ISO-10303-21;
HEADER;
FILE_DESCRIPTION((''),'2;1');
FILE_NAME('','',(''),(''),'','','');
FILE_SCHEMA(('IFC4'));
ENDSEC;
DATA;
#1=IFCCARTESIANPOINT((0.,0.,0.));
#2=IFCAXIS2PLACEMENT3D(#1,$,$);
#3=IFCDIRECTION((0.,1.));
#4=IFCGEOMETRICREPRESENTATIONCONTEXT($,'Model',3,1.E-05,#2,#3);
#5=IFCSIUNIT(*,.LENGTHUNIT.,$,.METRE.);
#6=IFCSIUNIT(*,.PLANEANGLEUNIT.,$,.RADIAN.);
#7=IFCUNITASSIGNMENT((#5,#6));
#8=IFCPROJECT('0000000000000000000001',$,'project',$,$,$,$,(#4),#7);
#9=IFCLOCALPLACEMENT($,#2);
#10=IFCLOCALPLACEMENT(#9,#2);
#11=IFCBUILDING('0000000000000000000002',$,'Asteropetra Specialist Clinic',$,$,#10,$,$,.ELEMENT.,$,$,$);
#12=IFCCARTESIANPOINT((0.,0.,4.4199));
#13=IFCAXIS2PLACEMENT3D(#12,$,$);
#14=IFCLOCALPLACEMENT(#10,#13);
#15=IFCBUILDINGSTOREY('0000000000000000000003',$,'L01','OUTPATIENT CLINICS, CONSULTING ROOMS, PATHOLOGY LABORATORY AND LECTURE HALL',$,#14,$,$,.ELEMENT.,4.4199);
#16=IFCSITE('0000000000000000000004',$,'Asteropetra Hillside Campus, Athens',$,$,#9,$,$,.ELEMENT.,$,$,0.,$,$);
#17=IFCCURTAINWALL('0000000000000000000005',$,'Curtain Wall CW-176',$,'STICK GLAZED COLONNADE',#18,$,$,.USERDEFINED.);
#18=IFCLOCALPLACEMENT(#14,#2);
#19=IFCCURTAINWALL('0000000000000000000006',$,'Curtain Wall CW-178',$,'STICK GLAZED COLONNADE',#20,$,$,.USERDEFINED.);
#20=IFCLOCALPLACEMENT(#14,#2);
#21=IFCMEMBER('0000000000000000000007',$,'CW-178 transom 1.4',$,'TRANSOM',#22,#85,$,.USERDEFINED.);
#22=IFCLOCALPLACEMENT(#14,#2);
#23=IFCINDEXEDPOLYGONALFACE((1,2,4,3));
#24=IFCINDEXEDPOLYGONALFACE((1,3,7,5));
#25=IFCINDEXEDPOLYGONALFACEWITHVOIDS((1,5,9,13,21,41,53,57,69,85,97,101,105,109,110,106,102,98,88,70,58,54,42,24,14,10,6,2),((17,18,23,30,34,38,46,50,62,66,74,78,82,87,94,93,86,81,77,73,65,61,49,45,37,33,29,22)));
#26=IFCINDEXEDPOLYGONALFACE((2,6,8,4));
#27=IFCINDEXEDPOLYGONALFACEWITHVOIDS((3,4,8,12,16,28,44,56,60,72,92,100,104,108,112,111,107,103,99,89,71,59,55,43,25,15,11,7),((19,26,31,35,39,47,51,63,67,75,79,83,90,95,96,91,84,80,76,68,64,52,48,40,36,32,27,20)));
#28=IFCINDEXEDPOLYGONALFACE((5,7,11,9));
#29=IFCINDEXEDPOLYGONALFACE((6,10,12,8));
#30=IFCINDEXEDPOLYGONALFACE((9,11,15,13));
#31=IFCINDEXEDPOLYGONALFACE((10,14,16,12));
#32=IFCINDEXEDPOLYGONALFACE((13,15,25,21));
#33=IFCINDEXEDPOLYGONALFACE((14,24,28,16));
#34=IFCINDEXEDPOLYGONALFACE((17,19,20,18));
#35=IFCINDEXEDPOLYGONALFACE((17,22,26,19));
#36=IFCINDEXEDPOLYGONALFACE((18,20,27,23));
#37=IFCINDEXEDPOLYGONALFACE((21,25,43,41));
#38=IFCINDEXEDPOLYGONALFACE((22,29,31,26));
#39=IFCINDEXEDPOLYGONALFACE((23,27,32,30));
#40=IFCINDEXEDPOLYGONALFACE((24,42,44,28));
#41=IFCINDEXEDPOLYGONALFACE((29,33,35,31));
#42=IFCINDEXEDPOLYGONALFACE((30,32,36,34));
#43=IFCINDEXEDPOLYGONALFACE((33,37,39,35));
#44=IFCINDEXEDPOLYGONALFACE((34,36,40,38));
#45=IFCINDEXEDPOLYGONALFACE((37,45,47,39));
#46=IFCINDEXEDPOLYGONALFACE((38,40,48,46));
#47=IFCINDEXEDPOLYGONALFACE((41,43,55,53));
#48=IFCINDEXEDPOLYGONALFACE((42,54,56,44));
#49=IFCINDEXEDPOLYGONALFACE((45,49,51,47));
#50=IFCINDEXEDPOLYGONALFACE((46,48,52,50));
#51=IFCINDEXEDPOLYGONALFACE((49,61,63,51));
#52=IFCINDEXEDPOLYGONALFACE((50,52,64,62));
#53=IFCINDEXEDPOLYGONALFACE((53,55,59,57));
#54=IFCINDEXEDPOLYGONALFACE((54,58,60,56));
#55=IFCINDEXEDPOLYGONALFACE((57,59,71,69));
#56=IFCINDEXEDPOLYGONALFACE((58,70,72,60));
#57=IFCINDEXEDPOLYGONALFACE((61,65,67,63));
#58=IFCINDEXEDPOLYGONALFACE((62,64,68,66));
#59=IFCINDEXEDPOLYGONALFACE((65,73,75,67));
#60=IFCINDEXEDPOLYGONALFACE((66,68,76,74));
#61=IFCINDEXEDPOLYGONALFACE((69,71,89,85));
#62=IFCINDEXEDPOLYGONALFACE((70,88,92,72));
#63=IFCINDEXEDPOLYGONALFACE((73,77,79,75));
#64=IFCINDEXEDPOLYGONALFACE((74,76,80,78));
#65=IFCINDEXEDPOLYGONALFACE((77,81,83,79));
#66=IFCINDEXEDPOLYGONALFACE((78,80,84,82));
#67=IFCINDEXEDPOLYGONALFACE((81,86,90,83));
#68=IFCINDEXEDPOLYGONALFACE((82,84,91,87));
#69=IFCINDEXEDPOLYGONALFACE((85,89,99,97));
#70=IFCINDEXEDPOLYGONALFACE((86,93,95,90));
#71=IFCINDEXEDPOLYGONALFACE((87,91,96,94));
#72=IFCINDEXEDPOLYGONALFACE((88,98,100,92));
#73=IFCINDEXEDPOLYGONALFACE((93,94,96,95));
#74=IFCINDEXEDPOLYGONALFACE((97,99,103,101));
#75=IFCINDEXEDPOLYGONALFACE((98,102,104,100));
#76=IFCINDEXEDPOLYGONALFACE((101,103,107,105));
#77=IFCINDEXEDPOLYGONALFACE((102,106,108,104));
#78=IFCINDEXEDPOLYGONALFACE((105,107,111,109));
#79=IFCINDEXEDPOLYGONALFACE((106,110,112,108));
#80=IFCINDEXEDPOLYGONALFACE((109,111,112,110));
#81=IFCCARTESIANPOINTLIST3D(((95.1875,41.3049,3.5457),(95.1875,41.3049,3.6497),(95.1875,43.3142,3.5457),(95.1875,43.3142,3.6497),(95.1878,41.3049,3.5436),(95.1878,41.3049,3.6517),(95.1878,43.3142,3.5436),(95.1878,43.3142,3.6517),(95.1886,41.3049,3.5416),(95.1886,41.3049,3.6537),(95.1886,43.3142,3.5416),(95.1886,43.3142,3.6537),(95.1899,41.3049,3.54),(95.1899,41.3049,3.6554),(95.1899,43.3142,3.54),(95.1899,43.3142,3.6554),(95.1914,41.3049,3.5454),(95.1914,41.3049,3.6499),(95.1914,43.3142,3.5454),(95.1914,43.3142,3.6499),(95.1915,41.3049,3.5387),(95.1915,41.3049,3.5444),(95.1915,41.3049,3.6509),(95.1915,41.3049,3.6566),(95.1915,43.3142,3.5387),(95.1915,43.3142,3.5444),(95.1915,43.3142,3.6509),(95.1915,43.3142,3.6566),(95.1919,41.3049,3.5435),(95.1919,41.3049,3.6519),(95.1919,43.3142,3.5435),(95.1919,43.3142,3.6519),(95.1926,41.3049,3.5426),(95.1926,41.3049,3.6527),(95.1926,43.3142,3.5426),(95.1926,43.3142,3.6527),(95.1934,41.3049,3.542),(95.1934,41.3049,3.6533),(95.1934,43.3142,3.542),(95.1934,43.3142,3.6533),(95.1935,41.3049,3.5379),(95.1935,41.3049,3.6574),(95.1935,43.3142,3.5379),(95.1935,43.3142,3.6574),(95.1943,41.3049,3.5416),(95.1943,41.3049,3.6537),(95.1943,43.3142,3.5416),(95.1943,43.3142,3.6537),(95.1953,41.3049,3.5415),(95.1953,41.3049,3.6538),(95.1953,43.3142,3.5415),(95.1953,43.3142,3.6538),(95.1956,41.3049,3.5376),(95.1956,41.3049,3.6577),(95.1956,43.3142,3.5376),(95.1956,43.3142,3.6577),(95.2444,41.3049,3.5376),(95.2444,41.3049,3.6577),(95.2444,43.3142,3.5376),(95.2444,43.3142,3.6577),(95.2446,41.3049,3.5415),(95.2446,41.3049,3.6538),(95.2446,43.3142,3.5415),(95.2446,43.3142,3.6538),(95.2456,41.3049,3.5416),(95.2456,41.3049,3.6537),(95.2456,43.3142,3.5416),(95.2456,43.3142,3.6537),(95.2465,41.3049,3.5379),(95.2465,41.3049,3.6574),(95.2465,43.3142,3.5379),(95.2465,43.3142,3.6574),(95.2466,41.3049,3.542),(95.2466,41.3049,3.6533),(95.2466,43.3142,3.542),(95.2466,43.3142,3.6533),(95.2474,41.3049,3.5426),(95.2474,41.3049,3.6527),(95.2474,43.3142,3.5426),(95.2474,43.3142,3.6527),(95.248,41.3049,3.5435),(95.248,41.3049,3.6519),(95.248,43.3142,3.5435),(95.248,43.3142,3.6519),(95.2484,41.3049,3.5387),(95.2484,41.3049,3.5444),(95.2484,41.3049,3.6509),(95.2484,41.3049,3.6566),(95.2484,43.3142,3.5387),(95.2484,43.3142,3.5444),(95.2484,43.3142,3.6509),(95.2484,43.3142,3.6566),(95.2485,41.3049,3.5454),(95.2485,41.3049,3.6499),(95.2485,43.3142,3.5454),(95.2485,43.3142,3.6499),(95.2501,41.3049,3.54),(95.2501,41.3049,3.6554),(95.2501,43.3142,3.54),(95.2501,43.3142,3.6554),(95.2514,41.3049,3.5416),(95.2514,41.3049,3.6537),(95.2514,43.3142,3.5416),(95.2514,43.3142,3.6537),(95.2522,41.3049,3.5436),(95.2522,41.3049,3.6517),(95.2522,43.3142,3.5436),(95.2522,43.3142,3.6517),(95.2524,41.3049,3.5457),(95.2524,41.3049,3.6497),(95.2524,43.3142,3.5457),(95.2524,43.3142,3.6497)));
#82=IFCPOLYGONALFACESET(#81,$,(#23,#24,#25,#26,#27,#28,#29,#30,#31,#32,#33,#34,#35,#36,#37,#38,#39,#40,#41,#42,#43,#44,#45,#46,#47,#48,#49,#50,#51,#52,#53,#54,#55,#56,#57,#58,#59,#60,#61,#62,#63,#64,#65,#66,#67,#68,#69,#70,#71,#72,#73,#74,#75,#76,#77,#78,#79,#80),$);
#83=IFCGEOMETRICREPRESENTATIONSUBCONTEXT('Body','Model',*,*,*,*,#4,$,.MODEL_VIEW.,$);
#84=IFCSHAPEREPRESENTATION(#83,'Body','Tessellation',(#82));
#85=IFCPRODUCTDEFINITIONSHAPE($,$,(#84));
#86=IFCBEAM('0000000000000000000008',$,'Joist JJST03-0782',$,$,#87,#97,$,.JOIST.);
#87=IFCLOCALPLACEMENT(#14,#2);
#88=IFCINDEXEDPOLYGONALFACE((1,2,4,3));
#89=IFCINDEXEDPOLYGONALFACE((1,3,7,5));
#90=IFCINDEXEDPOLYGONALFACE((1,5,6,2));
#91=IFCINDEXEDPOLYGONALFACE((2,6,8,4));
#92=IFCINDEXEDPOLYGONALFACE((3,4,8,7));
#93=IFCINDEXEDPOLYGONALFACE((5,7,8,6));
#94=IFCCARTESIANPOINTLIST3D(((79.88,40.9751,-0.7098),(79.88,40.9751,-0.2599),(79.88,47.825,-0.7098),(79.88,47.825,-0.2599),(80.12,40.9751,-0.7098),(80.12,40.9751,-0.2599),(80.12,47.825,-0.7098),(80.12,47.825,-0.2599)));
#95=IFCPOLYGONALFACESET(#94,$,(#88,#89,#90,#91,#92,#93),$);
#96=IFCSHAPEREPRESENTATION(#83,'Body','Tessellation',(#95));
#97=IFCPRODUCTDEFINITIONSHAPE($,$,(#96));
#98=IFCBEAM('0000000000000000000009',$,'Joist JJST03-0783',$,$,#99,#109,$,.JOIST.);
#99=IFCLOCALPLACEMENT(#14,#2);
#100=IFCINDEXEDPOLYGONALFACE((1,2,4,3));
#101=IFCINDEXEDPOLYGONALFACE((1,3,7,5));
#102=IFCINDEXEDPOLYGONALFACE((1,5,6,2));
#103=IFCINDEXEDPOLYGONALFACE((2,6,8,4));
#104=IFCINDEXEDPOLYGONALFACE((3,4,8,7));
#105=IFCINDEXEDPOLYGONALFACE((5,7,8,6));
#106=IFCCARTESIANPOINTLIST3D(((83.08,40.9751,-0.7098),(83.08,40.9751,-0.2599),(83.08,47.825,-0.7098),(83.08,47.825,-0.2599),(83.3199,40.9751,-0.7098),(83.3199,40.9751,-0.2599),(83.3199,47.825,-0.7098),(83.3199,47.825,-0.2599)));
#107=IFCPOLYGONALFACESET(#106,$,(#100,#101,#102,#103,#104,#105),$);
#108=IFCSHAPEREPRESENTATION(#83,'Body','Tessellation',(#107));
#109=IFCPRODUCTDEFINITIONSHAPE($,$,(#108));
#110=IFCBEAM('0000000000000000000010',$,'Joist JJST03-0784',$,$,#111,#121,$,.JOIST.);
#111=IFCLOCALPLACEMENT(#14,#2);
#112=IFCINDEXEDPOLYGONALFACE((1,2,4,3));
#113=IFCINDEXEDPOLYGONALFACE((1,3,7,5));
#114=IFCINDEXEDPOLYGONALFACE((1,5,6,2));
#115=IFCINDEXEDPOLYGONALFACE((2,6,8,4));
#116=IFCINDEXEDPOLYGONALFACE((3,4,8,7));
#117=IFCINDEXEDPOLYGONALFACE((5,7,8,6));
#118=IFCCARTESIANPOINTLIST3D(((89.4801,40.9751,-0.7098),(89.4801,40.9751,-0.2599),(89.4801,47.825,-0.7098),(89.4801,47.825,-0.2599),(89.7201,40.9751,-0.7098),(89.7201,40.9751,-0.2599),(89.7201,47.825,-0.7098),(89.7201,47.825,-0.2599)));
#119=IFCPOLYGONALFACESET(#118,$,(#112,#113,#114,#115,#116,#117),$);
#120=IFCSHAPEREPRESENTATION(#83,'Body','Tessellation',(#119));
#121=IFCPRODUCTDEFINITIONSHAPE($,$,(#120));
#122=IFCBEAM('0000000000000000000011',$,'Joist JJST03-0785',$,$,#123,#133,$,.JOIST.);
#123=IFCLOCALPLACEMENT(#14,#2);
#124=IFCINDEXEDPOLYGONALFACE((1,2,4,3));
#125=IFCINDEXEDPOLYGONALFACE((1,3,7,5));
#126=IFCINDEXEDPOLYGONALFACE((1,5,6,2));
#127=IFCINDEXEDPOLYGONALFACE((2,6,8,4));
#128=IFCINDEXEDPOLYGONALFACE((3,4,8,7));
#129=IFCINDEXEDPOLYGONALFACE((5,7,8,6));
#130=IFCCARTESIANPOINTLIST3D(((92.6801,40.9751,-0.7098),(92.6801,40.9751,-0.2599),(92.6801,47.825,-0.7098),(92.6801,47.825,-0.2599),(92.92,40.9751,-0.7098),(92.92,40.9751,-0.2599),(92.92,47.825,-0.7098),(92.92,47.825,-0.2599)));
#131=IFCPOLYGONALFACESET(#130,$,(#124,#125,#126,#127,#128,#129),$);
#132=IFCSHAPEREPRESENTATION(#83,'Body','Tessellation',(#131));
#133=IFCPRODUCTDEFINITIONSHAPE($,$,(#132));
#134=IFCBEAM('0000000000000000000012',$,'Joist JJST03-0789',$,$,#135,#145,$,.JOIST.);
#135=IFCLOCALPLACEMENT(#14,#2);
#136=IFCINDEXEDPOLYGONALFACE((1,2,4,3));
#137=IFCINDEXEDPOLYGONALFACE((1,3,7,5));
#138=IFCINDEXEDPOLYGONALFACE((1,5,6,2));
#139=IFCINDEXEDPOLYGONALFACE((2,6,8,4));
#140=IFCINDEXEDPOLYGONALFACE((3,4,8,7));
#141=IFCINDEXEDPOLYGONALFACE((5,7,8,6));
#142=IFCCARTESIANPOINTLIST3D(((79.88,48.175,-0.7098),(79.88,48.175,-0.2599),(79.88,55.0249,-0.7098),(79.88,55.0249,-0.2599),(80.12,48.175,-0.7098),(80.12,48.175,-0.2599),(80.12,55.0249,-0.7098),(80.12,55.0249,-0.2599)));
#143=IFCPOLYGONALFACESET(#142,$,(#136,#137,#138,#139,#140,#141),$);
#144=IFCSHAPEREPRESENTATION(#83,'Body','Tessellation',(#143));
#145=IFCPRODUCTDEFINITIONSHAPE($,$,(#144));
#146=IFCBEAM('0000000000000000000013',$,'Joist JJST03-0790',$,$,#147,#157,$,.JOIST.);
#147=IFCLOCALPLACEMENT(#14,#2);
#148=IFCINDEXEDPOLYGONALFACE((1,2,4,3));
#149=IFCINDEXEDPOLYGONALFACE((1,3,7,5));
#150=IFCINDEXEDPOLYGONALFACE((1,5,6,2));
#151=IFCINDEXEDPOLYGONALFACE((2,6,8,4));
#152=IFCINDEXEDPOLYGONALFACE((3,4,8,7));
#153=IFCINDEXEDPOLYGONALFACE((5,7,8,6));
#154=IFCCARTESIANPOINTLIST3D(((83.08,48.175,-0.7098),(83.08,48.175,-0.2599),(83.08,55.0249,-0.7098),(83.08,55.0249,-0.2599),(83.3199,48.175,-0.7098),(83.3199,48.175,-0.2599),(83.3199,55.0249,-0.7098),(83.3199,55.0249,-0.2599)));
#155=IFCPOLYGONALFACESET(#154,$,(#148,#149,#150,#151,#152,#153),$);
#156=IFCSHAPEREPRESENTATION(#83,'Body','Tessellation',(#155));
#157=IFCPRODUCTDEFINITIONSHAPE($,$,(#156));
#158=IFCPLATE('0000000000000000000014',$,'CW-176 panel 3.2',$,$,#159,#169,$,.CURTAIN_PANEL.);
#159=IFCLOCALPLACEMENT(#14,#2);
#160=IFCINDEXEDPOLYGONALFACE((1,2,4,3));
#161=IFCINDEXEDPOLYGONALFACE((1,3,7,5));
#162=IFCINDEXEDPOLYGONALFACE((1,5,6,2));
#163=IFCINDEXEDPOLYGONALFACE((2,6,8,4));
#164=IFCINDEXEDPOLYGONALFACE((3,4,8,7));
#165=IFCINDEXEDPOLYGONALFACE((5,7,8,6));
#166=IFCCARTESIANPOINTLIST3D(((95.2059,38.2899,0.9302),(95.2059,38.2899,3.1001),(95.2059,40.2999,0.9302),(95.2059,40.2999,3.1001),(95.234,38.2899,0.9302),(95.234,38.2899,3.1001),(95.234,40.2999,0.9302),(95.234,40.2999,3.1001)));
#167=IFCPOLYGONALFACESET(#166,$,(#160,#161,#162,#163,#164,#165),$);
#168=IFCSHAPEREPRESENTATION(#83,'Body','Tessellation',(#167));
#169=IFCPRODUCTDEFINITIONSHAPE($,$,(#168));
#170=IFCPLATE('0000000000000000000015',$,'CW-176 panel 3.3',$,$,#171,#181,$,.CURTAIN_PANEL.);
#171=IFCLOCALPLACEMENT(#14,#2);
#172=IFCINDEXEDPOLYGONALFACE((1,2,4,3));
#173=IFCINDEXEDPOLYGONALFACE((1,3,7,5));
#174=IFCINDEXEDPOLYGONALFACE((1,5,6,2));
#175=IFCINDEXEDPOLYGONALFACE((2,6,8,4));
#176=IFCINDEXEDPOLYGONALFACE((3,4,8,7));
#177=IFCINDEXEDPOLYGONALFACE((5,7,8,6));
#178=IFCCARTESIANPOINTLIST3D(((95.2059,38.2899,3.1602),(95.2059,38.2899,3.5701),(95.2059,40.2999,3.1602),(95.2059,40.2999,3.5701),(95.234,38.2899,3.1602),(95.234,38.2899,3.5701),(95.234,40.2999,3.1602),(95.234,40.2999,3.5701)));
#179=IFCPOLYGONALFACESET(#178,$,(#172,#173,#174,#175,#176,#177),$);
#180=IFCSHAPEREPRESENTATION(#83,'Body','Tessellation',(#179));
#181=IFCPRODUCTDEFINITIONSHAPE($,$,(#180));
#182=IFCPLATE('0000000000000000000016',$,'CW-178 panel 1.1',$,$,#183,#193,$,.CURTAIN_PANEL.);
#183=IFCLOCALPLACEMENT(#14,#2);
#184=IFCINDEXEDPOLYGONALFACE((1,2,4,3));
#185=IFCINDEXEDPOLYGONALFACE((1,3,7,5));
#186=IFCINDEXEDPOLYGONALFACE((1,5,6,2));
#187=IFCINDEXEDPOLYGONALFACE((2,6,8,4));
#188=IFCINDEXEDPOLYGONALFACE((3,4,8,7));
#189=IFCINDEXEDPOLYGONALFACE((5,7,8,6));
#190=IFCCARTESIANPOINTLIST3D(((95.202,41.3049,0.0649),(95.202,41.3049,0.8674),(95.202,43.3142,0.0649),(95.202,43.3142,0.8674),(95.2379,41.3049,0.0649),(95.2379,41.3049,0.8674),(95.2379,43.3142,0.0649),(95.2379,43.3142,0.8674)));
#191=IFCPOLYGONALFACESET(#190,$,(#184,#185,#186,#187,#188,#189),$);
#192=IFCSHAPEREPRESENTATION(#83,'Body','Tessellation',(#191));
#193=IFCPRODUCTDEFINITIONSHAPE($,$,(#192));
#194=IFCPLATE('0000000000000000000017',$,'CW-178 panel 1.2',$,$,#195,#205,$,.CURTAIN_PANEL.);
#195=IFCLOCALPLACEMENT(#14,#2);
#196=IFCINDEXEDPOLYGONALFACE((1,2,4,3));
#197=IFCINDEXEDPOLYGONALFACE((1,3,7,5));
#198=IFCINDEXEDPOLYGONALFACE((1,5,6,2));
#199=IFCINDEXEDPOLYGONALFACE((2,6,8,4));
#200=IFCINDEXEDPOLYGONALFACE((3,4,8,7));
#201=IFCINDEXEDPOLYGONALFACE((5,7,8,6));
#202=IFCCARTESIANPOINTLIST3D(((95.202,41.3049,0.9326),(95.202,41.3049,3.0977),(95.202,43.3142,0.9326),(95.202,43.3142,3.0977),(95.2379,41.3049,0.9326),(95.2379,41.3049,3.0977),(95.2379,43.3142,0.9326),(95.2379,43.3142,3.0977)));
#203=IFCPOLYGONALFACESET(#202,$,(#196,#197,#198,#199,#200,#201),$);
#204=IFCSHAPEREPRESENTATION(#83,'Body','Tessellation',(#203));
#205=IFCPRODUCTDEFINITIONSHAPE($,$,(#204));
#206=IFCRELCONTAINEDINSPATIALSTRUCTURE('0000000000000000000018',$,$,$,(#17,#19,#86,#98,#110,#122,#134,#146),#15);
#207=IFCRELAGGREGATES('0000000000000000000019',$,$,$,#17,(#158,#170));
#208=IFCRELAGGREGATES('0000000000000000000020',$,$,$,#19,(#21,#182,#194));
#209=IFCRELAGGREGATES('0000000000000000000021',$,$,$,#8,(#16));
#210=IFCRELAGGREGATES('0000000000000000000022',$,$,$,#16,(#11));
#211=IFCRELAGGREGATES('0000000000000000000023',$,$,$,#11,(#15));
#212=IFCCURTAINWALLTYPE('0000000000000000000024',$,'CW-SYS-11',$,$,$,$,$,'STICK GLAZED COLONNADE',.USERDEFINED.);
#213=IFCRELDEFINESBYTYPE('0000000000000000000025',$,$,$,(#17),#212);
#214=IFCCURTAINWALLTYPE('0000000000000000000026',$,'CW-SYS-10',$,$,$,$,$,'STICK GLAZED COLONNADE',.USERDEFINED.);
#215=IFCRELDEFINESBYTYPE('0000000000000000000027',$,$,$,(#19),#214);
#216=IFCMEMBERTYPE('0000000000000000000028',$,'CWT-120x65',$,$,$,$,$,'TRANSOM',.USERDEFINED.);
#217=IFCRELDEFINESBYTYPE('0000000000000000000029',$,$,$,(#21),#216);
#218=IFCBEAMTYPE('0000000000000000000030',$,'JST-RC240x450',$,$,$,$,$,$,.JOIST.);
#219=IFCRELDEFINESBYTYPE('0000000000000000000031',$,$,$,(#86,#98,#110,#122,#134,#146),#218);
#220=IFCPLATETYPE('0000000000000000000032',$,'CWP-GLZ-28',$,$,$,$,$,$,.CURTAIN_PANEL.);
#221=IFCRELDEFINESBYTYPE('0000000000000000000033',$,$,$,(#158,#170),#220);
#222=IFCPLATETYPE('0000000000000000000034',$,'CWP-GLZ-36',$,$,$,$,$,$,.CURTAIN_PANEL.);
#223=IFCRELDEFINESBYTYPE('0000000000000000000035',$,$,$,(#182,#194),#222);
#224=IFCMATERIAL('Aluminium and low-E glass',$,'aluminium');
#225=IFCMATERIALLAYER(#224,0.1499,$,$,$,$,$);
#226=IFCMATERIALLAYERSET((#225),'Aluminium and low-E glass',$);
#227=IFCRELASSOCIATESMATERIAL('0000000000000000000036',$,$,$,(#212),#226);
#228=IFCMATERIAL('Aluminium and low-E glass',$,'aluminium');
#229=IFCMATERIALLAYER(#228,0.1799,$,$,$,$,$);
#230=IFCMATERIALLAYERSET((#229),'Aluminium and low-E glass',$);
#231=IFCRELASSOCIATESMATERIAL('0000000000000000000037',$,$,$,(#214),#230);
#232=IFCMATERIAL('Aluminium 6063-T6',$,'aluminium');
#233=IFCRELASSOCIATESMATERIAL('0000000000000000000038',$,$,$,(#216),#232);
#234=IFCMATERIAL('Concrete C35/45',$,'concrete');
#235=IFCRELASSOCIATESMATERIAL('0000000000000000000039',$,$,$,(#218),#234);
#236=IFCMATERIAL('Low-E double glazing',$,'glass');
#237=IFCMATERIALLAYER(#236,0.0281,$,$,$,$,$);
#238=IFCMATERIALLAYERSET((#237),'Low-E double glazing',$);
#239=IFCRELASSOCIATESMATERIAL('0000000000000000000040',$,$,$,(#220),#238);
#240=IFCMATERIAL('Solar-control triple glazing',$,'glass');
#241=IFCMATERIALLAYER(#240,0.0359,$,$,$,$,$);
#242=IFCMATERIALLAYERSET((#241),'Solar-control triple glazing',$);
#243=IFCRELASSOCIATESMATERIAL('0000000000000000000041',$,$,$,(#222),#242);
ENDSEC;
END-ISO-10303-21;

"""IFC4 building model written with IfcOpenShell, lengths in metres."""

from ifc_helpers import new_model, si_unit, direction, frame, origin, origin_2d, place, context, subcontext, project, spatial, rectangle, hollow_rectangle, extrude, material, layer, layer_set, material_profile, profile_set, type_object, element, aggregate, save


model = new_model("IFC4")

# Units and contexts
model_context = context("Model", 3, precision=1e-05, world=origin(), true_north=direction((0.0, 1.0)))
body_context = subcontext(model_context, "Body", "Model", "MODEL_VIEW")
ifc_project = project(units=[si_unit("LENGTHUNIT", "METRE"), si_unit("PLANEANGLEUNIT", "RADIAN")], contexts=[model_context])

# Site, building, storey
site_placement = place(None, origin())
site = spatial("IfcSite", under=ifc_project, at=site_placement, Name="Asteropetra Hillside Campus, Athens", CompositionType="ELEMENT", RefElevation=0.0)
building_placement = place(site_placement, origin())
building = spatial("IfcBuilding", under=site, at=building_placement, Name="Asteropetra Specialist Clinic", CompositionType="ELEMENT")
storey_placement = place(building_placement, frame((0.0, 0.0, 4.4199)))
storey = spatial("IfcBuildingStorey", under=building, at=storey_placement, Name="L01", Description="OUTPATIENT CLINICS, CONSULTING ROOMS, PATHOLOGY LABORATORY AND LECTURE HALL", CompositionType="ELEMENT", Elevation=4.4199)

# Curtain wall
ifc_material_1 = material(Name="Aluminium and low-E glass", Category="aluminium")
ifc_layer_1 = layer(ifc_material_1, 0.1499)
ifc_layer_set_1 = layer_set([ifc_layer_1], Name="Aluminium and low-E glass")
curtain_wall_type_1 = type_object("IfcCurtainWallType", Name="CW-SYS-11", ElementType="STICK GLAZED COLONNADE", PredefinedType="USERDEFINED", material=ifc_layer_set_1)
curtain_wall_1_placement = place(storey_placement, origin())
curtain_wall_1 = element("IfcCurtainWall", 1, at=curtain_wall_1_placement, inside=storey, type_object=curtain_wall_type_1, Name="Curtain Wall CW-176", ObjectType="STICK GLAZED COLONNADE", PredefinedType="USERDEFINED")

# Curtain wall, member
ifc_material_2 = material(Name="Aluminium and low-E glass", Category="aluminium")
ifc_layer_2 = layer(ifc_material_2, 0.1799)
ifc_layer_set_2 = layer_set([ifc_layer_2], Name="Aluminium and low-E glass")
curtain_wall_type_2 = type_object("IfcCurtainWallType", Name="CW-SYS-10", ElementType="STICK GLAZED COLONNADE", PredefinedType="USERDEFINED", material=ifc_layer_set_2)
curtain_wall_2_placement = place(storey_placement, origin())
curtain_wall_2 = element("IfcCurtainWall", 2, at=curtain_wall_2_placement, inside=storey, type_object=curtain_wall_type_2, Name="Curtain Wall CW-178", ObjectType="STICK GLAZED COLONNADE", PredefinedType="USERDEFINED")
ifc_material_3 = material(Name="Aluminium 6063-T6", Category="aluminium")
ifc_material_profile_1 = material_profile(ifc_material_3, hollow_rectangle(XDim=0.0649, YDim=0.1201, WallThickness=0.0039, InnerFilletRadius=0.0039, OuterFilletRadius=0.0081, at=origin_2d()), Name="TRN 120x65x4.0")
ifc_profile_set_1 = profile_set([ifc_material_profile_1], Name="Aluminium 6063-T6")
member_type_1 = type_object("IfcMemberType", Name="CWT-120x65", ElementType="TRANSOM", PredefinedType="USERDEFINED", material=ifc_profile_set_1)
member_1_placement = place(storey_placement, frame((95.22, 41.3049, 3.5977), z_axis=(0.0, 1.0, 0.0), x_axis=(-1.0, 0.0, 0.0)))
member_1 = element("IfcMember", 3, at=member_1_placement, type_object=member_type_1, Name="CW-178 transom 1.4", ObjectType="TRANSOM", PredefinedType="USERDEFINED", context=body_context, shape_type="SweptSolid", body=[
    extrude(hollow_rectangle(XDim=0.0649, YDim=0.1201, WallThickness=0.0039, InnerFilletRadius=0.0039, OuterFilletRadius=0.0081, at=origin_2d()), origin(), (0.0, 0.0, 1.0), 2.0093),
])

# Beams
ifc_material_4 = material(Name="Concrete C35/45", Category="concrete")
ifc_material_profile_2 = material_profile(ifc_material_4, rectangle(XDim=0.24, YDim=0.45, at=origin_2d()), Name="RCJ 240x450")
ifc_profile_set_2 = profile_set([ifc_material_profile_2], Name="Concrete C35/45")
beam_type_1 = type_object("IfcBeamType", Name="JST-RC240x450", PredefinedType="JOIST", material=ifc_profile_set_2)
for number, where, z_axis, x_axis, name in (
    (4, (80.0, 40.9751, -0.4849), (0.0, 1.0, 0.0), (-1.0, 0.0, 0.0), "Joist JJST03-0782"),
    (5, (83.2, 40.9751, -0.4849), (0.0, 1.0, 0.0), (-1.0, 0.0, 0.0), "Joist JJST03-0783"),
    (6, (89.6001, 40.9751, -0.4849), (0.0, 1.0, 0.0), (-1.0, 0.0, 0.0), "Joist JJST03-0784"),
    (7, (92.8, 40.9751, -0.4849), (0.0, 1.0, 0.0), (-1.0, 0.0, 0.0), "Joist JJST03-0785"),
    (8, (80.0, 48.175, -0.4849), (0.0, 1.0, 0.0), (-1.0, 0.0, 0.0), "Joist JJST03-0789"),
    (9, (83.2, 48.175, -0.4849), (0.0, 1.0, 0.0), (-1.0, 0.0, 0.0), "Joist JJST03-0790"),
):
    element("IfcBeam", number, at=place(storey_placement, frame(where, z_axis=z_axis, x_axis=x_axis)), inside=storey, type_object=beam_type_1, Name=name, PredefinedType="JOIST", context=body_context, shape_type="SweptSolid", body=[
        extrude(rectangle(XDim=0.24, YDim=0.45, at=origin_2d()), origin(), (0.0, 0.0, 1.0), 6.8499),
    ])

# Plates
ifc_material_5 = material(Name="Low-E double glazing", Category="glass")
ifc_layer_3 = layer(ifc_material_5, 0.0281)
ifc_layer_set_3 = layer_set([ifc_layer_3], Name="Low-E double glazing")
plate_type_1 = type_object("IfcPlateType", Name="CWP-GLZ-28", PredefinedType="CURTAIN_PANEL", material=ifc_layer_set_3)
plate_1_placement = place(storey_placement, frame((95.22, 39.2949, 0.9302), z_axis=(0.0, 0.0, 1.0), x_axis=(0.0, 1.0, 0.0)))
plate_1 = element("IfcPlate", 10, at=plate_1_placement, type_object=plate_type_1, Name="CW-176 panel 3.2", PredefinedType="CURTAIN_PANEL", context=body_context, shape_type="SweptSolid", body=[
    extrude(rectangle(XDim=2.01, YDim=0.0281, at=origin_2d()), origin(), (0.0, 0.0, 1.0), 2.1699),
])
plate_2_placement = place(storey_placement, frame((95.22, 39.2949, 3.1602), z_axis=(0.0, 0.0, 1.0), x_axis=(0.0, 1.0, 0.0)))
plate_2 = element("IfcPlate", 11, at=plate_2_placement, type_object=plate_type_1, Name="CW-176 panel 3.3", PredefinedType="CURTAIN_PANEL", context=body_context, shape_type="SweptSolid", body=[
    extrude(rectangle(XDim=2.01, YDim=0.0281, at=origin_2d()), origin(), (0.0, 0.0, 1.0), 0.4099),
])
aggregate(curtain_wall_1, [plate_1, plate_2])
ifc_material_6 = material(Name="Solar-control triple glazing", Category="glass")
ifc_layer_4 = layer(ifc_material_6, 0.0359)
ifc_layer_set_4 = layer_set([ifc_layer_4], Name="Solar-control triple glazing")
plate_type_2 = type_object("IfcPlateType", Name="CWP-GLZ-36", PredefinedType="CURTAIN_PANEL", material=ifc_layer_set_4)
plate_3_placement = place(storey_placement, frame((95.22, 42.3096, 0.0649), z_axis=(0.0, 0.0, 1.0), x_axis=(0.0, 1.0, 0.0)))
plate_3 = element("IfcPlate", 12, at=plate_3_placement, type_object=plate_type_2, Name="CW-178 panel 1.1", PredefinedType="CURTAIN_PANEL", context=body_context, shape_type="SweptSolid", body=[
    extrude(rectangle(XDim=2.0093, YDim=0.0359, at=origin_2d()), origin(), (0.0, 0.0, 1.0), 0.8025),
])
plate_4_placement = place(storey_placement, frame((95.22, 42.3096, 0.9326), z_axis=(0.0, 0.0, 1.0), x_axis=(0.0, 1.0, 0.0)))
plate_4 = element("IfcPlate", 13, at=plate_4_placement, type_object=plate_type_2, Name="CW-178 panel 1.2", PredefinedType="CURTAIN_PANEL", context=body_context, shape_type="SweptSolid", body=[
    extrude(rectangle(XDim=2.0093, YDim=0.0359, at=origin_2d()), origin(), (0.0, 0.0, 1.0), 2.165),
])
aggregate(curtain_wall_2, [member_1, plate_3, plate_4])

save(model, "model.ifc")
